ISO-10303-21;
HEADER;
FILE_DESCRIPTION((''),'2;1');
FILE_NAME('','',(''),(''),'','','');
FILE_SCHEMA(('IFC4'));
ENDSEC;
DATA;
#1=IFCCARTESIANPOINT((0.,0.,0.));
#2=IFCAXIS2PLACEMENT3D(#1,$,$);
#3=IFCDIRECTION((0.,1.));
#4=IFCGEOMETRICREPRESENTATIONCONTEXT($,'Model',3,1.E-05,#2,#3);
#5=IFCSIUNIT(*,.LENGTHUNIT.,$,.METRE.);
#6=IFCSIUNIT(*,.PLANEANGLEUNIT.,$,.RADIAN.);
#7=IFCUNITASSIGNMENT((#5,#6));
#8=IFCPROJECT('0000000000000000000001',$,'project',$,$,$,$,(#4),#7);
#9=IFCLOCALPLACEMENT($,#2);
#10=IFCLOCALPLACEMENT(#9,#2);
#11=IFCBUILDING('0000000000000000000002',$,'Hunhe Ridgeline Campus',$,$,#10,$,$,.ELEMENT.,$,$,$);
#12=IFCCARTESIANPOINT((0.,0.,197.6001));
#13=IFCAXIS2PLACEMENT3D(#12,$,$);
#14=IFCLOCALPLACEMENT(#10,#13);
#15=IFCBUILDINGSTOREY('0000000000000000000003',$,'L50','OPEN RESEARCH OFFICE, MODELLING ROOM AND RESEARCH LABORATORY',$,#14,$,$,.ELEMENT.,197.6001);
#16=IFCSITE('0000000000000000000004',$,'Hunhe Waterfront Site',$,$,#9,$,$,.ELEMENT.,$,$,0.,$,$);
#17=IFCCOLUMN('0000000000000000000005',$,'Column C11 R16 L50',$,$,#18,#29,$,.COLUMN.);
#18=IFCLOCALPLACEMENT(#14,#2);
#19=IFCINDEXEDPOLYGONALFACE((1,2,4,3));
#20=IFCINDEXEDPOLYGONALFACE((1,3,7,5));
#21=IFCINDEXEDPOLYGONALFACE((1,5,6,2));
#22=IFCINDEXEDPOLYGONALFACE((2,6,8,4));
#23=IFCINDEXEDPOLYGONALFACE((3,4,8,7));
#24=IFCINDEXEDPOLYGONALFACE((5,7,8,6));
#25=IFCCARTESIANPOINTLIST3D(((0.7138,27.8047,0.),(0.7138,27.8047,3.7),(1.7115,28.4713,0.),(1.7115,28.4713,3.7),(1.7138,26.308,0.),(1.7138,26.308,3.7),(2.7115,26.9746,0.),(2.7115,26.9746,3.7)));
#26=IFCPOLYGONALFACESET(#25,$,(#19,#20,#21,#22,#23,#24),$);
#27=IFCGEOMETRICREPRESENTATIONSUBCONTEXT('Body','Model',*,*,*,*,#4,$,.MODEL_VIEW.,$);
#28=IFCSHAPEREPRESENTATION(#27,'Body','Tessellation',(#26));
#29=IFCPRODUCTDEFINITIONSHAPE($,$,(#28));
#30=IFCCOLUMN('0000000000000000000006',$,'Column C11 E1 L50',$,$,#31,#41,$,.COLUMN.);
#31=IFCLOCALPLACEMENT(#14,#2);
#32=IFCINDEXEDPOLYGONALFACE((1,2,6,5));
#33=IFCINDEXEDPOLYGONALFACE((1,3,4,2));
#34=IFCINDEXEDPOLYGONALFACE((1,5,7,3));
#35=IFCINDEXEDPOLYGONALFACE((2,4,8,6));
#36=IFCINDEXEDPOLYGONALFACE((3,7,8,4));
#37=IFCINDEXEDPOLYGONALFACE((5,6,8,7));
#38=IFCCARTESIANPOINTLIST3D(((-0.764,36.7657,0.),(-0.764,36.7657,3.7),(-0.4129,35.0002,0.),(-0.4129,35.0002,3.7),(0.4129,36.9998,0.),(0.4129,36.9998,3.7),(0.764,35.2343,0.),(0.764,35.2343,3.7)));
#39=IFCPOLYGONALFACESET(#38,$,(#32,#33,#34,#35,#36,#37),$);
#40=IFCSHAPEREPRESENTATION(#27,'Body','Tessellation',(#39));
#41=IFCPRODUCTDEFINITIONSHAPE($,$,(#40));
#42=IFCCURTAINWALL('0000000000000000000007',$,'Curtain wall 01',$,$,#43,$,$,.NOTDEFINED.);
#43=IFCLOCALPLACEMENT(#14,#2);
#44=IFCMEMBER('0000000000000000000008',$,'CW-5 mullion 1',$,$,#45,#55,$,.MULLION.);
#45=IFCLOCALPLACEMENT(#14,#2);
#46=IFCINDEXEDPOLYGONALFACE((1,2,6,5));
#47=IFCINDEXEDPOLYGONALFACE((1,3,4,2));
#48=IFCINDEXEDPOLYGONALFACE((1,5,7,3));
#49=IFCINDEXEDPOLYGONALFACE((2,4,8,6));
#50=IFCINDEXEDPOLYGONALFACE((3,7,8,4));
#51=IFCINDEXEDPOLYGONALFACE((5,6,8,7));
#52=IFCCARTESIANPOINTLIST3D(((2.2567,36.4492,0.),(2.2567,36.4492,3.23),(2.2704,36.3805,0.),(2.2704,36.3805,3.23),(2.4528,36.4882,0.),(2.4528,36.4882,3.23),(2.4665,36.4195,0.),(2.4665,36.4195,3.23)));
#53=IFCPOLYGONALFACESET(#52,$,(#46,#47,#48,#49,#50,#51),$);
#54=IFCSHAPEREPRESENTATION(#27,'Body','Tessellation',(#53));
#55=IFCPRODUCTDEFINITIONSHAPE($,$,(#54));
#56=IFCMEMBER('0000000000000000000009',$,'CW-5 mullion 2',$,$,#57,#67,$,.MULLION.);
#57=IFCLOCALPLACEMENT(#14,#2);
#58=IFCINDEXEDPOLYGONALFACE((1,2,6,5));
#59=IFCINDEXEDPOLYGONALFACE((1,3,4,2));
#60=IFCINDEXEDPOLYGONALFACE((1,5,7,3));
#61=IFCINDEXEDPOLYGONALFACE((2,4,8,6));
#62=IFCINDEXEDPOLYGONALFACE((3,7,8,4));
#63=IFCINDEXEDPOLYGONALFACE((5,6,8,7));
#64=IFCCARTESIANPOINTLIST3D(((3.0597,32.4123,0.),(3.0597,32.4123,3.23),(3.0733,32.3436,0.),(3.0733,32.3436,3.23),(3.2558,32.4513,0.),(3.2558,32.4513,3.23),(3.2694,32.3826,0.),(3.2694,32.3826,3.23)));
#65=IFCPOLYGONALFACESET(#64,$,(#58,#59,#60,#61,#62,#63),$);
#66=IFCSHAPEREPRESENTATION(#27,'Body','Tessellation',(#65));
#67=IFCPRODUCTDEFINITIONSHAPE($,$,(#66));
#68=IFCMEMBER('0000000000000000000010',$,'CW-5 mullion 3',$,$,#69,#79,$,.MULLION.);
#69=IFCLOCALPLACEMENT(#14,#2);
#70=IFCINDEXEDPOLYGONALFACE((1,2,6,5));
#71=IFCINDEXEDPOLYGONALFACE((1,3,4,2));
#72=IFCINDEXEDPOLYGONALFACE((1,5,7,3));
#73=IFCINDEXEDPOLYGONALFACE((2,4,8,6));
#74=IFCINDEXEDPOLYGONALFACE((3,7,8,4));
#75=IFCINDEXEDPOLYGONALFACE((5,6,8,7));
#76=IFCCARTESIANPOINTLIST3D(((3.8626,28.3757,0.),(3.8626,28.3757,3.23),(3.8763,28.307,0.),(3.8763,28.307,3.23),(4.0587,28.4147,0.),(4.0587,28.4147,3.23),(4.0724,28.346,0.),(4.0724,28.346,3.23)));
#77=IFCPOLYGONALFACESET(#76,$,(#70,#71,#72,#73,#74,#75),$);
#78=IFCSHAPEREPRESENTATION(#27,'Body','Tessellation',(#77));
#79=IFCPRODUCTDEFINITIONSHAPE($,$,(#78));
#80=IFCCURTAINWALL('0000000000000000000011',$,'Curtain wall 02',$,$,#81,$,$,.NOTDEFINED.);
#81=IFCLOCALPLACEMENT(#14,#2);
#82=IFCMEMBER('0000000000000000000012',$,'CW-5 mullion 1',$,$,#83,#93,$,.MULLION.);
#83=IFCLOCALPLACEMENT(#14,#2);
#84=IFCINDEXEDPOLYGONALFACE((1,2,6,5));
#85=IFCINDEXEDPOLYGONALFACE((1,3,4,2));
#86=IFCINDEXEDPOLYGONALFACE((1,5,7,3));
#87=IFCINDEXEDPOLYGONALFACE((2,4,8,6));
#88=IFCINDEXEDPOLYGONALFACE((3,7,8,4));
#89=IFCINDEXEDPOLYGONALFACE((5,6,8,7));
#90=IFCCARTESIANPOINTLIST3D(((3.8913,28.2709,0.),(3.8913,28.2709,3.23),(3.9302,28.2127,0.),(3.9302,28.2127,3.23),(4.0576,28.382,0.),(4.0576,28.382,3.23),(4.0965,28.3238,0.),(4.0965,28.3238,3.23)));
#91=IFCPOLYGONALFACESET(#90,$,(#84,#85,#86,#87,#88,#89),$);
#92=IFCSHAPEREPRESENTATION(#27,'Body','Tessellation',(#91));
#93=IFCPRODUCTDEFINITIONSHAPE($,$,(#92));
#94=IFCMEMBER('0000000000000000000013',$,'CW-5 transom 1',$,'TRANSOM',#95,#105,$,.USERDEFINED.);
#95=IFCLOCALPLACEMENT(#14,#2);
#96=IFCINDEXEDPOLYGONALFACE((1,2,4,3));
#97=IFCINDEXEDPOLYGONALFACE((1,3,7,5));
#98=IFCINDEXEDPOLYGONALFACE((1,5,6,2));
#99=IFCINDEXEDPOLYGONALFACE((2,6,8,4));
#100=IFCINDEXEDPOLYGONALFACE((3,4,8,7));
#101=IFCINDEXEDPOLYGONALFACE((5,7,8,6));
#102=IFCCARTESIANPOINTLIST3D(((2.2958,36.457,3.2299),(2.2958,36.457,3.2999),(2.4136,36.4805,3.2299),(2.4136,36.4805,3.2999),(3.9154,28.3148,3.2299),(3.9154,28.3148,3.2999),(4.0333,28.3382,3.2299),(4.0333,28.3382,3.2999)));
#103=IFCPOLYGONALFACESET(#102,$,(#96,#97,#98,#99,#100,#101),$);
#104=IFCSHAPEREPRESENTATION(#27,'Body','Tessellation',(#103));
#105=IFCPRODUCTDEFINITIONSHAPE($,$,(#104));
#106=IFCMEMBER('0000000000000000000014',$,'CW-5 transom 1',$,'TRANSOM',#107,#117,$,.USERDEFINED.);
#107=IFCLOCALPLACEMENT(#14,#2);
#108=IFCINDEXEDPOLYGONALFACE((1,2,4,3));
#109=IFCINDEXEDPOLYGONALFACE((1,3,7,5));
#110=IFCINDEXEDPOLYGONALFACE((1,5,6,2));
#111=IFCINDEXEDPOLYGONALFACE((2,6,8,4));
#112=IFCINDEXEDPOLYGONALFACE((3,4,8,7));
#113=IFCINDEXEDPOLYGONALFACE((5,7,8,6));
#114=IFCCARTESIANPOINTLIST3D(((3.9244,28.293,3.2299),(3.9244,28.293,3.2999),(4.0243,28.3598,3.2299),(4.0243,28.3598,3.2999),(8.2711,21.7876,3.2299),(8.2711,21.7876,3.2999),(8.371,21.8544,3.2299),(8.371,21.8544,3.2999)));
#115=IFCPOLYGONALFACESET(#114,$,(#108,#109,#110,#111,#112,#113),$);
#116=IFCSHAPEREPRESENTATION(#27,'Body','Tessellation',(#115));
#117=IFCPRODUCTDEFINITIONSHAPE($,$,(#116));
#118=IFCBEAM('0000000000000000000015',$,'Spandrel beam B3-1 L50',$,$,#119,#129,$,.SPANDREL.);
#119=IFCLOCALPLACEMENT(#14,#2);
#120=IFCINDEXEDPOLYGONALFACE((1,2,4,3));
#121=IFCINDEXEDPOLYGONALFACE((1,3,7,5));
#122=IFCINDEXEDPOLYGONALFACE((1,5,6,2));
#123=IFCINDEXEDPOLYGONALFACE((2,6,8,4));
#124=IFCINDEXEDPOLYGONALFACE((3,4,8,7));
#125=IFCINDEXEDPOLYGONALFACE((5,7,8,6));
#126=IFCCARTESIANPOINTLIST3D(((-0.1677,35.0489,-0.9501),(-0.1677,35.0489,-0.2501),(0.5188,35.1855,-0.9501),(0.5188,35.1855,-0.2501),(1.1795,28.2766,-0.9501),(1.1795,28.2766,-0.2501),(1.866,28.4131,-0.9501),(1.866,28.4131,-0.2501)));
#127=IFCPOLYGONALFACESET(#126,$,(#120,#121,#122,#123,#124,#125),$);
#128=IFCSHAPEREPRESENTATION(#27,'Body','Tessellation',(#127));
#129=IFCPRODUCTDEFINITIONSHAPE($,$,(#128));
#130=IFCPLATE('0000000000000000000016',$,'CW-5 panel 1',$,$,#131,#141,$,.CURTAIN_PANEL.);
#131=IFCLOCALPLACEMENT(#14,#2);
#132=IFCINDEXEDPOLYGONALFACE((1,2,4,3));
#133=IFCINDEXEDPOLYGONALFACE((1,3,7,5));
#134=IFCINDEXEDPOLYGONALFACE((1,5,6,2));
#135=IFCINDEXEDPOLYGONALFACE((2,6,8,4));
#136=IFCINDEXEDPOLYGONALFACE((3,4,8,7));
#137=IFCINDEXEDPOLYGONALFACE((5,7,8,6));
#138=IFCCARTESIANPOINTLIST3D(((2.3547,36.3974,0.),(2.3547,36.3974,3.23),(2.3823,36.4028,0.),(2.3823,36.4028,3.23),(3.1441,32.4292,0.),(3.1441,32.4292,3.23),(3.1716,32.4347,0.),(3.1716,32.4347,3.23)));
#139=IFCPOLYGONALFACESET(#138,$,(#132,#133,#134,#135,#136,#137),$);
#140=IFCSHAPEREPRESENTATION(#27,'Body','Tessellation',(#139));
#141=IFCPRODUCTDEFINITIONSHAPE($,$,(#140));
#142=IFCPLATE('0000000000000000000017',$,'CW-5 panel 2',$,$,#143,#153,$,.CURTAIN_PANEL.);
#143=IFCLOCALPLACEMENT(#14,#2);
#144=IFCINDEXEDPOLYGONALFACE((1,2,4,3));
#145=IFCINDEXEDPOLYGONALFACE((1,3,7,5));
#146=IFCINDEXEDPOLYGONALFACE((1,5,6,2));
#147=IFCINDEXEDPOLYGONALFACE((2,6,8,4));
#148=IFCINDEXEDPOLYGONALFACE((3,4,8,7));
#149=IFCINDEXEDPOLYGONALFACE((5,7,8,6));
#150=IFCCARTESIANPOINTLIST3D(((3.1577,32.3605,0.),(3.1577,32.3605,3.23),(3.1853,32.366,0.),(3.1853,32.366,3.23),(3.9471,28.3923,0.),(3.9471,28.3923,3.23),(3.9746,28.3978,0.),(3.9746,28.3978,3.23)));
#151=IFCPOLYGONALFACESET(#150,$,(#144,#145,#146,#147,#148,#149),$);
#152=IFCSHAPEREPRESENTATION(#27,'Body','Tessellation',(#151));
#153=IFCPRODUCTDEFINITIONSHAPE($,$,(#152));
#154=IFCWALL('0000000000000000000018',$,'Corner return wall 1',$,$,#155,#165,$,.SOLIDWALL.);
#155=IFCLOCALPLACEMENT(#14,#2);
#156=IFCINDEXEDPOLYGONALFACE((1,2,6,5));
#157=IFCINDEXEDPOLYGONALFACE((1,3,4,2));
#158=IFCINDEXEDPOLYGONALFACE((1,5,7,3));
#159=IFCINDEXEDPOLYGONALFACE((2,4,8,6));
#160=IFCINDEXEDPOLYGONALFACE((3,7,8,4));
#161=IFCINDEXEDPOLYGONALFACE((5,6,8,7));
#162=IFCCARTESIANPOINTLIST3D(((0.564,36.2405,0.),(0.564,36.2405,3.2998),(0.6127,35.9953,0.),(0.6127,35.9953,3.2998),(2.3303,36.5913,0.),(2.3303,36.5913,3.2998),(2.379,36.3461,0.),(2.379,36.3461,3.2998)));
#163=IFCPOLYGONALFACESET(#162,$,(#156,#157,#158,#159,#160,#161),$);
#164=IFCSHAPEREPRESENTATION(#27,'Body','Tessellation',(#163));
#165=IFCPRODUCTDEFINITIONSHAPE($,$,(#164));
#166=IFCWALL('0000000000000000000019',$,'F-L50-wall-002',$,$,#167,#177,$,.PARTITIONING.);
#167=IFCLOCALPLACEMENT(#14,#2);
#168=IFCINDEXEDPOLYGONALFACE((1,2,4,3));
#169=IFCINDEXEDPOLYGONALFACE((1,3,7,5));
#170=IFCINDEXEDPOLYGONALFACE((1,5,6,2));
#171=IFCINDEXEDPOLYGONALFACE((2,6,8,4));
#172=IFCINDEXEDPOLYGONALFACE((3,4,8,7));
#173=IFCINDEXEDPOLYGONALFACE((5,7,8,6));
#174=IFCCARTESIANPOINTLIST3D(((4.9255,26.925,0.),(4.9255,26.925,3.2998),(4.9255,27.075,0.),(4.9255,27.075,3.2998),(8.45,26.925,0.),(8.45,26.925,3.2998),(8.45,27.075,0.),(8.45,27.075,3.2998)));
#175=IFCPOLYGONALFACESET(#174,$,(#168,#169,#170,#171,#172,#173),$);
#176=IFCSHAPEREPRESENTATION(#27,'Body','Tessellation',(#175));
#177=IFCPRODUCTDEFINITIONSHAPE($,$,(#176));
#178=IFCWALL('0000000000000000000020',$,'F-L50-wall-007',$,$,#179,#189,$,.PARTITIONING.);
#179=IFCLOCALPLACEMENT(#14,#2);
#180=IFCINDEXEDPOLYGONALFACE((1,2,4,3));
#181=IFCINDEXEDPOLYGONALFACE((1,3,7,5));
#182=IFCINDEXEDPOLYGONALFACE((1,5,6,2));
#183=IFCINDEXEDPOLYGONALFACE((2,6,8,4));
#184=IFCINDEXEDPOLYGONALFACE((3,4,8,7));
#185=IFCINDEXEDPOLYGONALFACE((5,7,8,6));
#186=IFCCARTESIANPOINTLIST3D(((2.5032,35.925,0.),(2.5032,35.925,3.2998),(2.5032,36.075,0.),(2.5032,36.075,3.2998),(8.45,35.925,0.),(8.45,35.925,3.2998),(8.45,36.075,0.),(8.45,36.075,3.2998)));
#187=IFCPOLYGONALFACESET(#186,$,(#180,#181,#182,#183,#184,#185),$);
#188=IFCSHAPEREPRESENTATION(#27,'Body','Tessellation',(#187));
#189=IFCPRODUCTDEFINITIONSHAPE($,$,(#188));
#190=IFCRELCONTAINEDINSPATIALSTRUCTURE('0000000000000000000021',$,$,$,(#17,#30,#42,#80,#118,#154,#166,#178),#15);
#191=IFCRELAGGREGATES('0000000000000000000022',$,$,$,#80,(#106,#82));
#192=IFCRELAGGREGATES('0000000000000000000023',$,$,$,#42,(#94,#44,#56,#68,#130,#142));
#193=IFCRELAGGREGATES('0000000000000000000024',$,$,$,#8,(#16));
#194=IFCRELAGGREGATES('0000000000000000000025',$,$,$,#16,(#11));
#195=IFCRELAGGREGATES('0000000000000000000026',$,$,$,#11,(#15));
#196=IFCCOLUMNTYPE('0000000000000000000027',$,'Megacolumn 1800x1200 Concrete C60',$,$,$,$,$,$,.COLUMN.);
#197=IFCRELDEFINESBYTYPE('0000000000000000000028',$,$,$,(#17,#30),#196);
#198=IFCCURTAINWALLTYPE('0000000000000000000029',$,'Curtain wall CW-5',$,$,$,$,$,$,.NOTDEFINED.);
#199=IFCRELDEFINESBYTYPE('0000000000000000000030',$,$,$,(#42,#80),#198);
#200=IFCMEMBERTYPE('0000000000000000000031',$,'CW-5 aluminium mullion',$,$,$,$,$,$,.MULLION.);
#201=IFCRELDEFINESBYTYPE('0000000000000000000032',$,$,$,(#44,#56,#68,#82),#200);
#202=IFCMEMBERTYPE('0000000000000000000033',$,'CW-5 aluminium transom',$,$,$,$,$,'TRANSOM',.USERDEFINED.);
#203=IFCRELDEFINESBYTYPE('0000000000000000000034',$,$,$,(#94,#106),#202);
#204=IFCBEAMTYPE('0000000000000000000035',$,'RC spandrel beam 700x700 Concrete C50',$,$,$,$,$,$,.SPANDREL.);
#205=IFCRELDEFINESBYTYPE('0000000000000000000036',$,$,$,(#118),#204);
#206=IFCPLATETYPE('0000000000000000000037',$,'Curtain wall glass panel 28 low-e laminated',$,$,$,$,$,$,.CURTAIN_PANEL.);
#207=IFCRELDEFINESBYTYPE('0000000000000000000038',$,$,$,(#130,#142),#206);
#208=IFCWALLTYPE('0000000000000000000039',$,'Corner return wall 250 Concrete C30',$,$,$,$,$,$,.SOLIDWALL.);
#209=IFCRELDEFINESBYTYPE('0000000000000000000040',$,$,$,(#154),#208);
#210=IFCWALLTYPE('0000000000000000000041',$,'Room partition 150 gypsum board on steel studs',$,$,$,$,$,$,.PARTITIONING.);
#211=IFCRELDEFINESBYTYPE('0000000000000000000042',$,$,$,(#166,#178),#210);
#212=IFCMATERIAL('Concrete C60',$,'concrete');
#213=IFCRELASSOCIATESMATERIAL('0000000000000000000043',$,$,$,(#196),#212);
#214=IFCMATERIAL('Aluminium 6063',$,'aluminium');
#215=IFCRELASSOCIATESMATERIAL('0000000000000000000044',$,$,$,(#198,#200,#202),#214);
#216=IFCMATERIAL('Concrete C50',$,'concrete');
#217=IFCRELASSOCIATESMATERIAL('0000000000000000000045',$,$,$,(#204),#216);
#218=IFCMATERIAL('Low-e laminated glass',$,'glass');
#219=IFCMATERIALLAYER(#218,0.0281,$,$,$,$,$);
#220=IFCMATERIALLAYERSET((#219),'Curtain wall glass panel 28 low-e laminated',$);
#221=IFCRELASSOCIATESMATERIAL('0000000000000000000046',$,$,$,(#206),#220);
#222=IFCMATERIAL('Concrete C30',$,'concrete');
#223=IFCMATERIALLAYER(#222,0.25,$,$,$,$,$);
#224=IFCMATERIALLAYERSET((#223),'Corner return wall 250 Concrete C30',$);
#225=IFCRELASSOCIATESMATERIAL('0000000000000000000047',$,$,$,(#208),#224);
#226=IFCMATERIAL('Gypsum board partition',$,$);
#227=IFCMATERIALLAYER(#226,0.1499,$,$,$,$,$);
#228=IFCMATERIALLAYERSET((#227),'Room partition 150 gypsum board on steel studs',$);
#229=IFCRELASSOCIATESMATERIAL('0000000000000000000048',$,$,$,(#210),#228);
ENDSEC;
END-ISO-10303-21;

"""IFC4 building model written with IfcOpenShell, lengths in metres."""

from ifc_helpers import new_model, si_unit, direction, frame, frame_2d, origin, origin_2d, place, context, subcontext, project, spatial, rectangle, extrude, material, layer, layer_set, material_profile, profile_set, type_object, element, aggregate, save


model = new_model("IFC4")

# Units and contexts
model_context = context("Model", 3, precision=1e-05, world=origin(), true_north=direction((0.0, 1.0)))
body_context = subcontext(model_context, "Body", "Model", "MODEL_VIEW")
ifc_project = project(units=[si_unit("LENGTHUNIT", "METRE"), si_unit("PLANEANGLEUNIT", "RADIAN")], contexts=[model_context])

# Site, building, storey
site_placement = place(None, origin())
site = spatial("IfcSite", under=ifc_project, at=site_placement, Name="Hunhe Waterfront Site", CompositionType="ELEMENT", RefElevation=0.0)
building_placement = place(site_placement, origin())
building = spatial("IfcBuilding", under=site, at=building_placement, Name="Hunhe Ridgeline Campus", CompositionType="ELEMENT")
storey_placement = place(building_placement, frame((0.0, 0.0, 197.6001)))
storey = spatial("IfcBuildingStorey", under=building, at=storey_placement, Name="L50", Description="OPEN RESEARCH OFFICE, MODELLING ROOM AND RESEARCH LABORATORY", CompositionType="ELEMENT", Elevation=197.6001)

# Columns
ifc_material_1 = material(Name="Concrete C60", Category="concrete")
ifc_material_profile_1 = material_profile(ifc_material_1, rectangle(XDim=1.8, YDim=1.2, at=origin_2d()))
ifc_profile_set_1 = profile_set([ifc_material_profile_1], Name="Concrete C60")
column_type = type_object("IfcColumnType", Name="Megacolumn 1800x1200 Concrete C60", PredefinedType="COLUMN", material=ifc_profile_set_1)
for number, where, z_axis, x_axis, name in (
    (1, (1.7126, 27.3896, 0.0), (0.0, 0.0, 1.0), (-0.55557, 0.83147, 0.0), "Column C11 R16 L50"),
    (2, (0.0, 36.0, 0.0), (0.0, 0.0, 1.0), (-0.19509, 0.980785, 0.0), "Column C11 E1 L50"),
):
    element("IfcColumn", number, at=place(storey_placement, frame(where, z_axis=z_axis, x_axis=x_axis)), inside=storey, type_object=column_type, Name=name, PredefinedType="COLUMN", context=body_context, shape_type="SweptSolid", body=[
        extrude(rectangle(XDim=1.8, YDim=1.2, at=origin_2d()), origin(), (0.0, 0.0, 1.0), 3.7),
    ])

# Curtain wall, members
ifc_material_2 = material(Name="Aluminium 6063", Category="aluminium")
curtain_wall_type = type_object("IfcCurtainWallType", Name="Curtain wall CW-5", PredefinedType="NOTDEFINED", material=ifc_material_2)
curtain_wall_1_placement = place(storey_placement, origin())
curtain_wall_1 = element("IfcCurtainWall", 3, at=curtain_wall_1_placement, inside=storey, type_object=curtain_wall_type, Name="Curtain wall 01", PredefinedType="NOTDEFINED")
ifc_material_profile_2 = material_profile(ifc_material_2, rectangle(XDim=0.2, YDim=0.0701, at=origin_2d()))
ifc_profile_set_2 = profile_set([ifc_material_profile_2], Name="Aluminium 6063")
member_type_1 = type_object("IfcMemberType", Name="CW-5 aluminium mullion", PredefinedType="MULLION", material=ifc_profile_set_2)
member_1_placement = place(storey_placement, frame((2.3616, 36.4343, 0.0), z_axis=(0.0, 0.0, 1.0), x_axis=(0.980784, 0.195095, 0.0)))
member_1 = element("IfcMember", 4, at=member_1_placement, type_object=member_type_1, Name="CW-5 mullion 1", PredefinedType="MULLION", context=body_context, shape_type="SweptSolid", body=[
    extrude(rectangle(XDim=0.2, YDim=0.0701, at=origin_2d()), origin(), (0.0, 0.0, 1.0), 3.23),
])
member_2_placement = place(storey_placement, frame((3.1646, 32.3975, 0.0), z_axis=(0.0, 0.0, 1.0), x_axis=(0.980784, 0.195095, 0.0)))
member_2 = element("IfcMember", 5, at=member_2_placement, type_object=member_type_1, Name="CW-5 mullion 2", PredefinedType="MULLION", context=body_context, shape_type="SweptSolid", body=[
    extrude(rectangle(XDim=0.2, YDim=0.0701, at=origin_2d()), origin(), (0.0, 0.0, 1.0), 3.23),
])
member_3_placement = place(storey_placement, frame((3.9675, 28.3608, 0.0), z_axis=(0.0, 0.0, 1.0), x_axis=(0.980784, 0.195095, 0.0)))
member_3 = element("IfcMember", 6, at=member_3_placement, type_object=member_type_1, Name="CW-5 mullion 3", PredefinedType="MULLION", context=body_context, shape_type="SweptSolid", body=[
    extrude(rectangle(XDim=0.2, YDim=0.0701, at=origin_2d()), origin(), (0.0, 0.0, 1.0), 3.23),
])

# Curtain wall, member
curtain_wall_2_placement = place(storey_placement, origin())
curtain_wall_2 = element("IfcCurtainWall", 7, at=curtain_wall_2_placement, inside=storey, type_object=curtain_wall_type, Name="Curtain wall 02", PredefinedType="NOTDEFINED")
member_4_placement = place(storey_placement, frame((3.9939, 28.2974, 0.0), z_axis=(0.0, 0.0, 1.0), x_axis=(0.83147, 0.55557, 0.0)))
member_4 = element("IfcMember", 8, at=member_4_placement, type_object=member_type_1, Name="CW-5 mullion 1", PredefinedType="MULLION", context=body_context, shape_type="SweptSolid", body=[
    extrude(rectangle(XDim=0.2, YDim=0.0701, at=origin_2d()), origin(), (0.0, 0.0, 1.0), 3.23),
])

# Members
ifc_material_profile_3 = material_profile(ifc_material_2, rectangle(XDim=0.1201, YDim=0.0701, at=origin_2d()))
ifc_profile_set_3 = profile_set([ifc_material_profile_3], Name="Aluminium 6063")
member_type_2 = type_object("IfcMemberType", Name="CW-5 aluminium transom", ElementType="TRANSOM", PredefinedType="USERDEFINED", material=ifc_profile_set_3)
member_5_placement = place(storey_placement, frame((2.3547, 36.4688, 3.2649), z_axis=(0.195092, -0.980785, 0.0), x_axis=(0.980785, 0.195092, 0.0)))
member_5 = element("IfcMember", 9, at=member_5_placement, type_object=member_type_2, Name="CW-5 transom 1", ObjectType="TRANSOM", PredefinedType="USERDEFINED", context=body_context, shape_type="SweptSolid", body=[
    extrude(rectangle(XDim=0.1201, YDim=0.0701, at=origin_2d()), origin(), (0.0, 0.0, 1.0), 8.3018),
])
member_6_placement = place(storey_placement, frame((3.9744, 28.3264, 3.2649), z_axis=(0.555564, -0.831474, 0.0), x_axis=(0.831474, 0.555564, 0.0)))
member_6 = element("IfcMember", 10, at=member_6_placement, type_object=member_type_2, Name="CW-5 transom 1", ObjectType="TRANSOM", PredefinedType="USERDEFINED", context=body_context, shape_type="SweptSolid", body=[
    extrude(rectangle(XDim=0.1201, YDim=0.0701, at=origin_2d()), origin(), (0.0, 0.0, 1.0), 7.824),
])
aggregate(curtain_wall_2, [member_6, member_4])

# Beam
ifc_material_3 = material(Name="Concrete C50", Category="concrete")
ifc_material_profile_4 = material_profile(ifc_material_3, rectangle(XDim=0.7, YDim=0.7, at=origin_2d()))
ifc_profile_set_4 = profile_set([ifc_material_profile_4], Name="Concrete C50")
beam_type = type_object("IfcBeamType", Name="RC spandrel beam 700x700 Concrete C50", PredefinedType="SPANDREL", material=ifc_profile_set_4)
beam_placement = place(storey_placement, frame((0.1755, 35.1172, -0.6001), z_axis=(0.195103, -0.980783, 0.0), x_axis=(0.980783, 0.195103, 0.0)))
element("IfcBeam", 11, at=beam_placement, inside=storey, type_object=beam_type, Name="Spandrel beam B3-1 L50", PredefinedType="SPANDREL", context=body_context, shape_type="SweptSolid", body=[
    extrude(rectangle(XDim=0.7, YDim=0.7, at=origin_2d()), origin(), (0.0, 0.0, 1.0), 6.905),
])

# Plates
ifc_material_4 = material(Name="Low-e laminated glass", Category="glass")
ifc_layer_1 = layer(ifc_material_4, 0.0281)
ifc_layer_set_1 = layer_set([ifc_layer_1], Name="Curtain wall glass panel 28 low-e laminated")
plate_type = type_object("IfcPlateType", Name="Curtain wall glass panel 28 low-e laminated", PredefinedType="CURTAIN_PANEL", material=ifc_layer_set_1)
plate_1_placement = place(storey_placement, frame((2.7632, 34.416, 0.0), z_axis=(0.0, 0.0, 1.0), x_axis=(0.195095, -0.980784, 0.0)))
plate_1 = element("IfcPlate", 12, at=plate_1_placement, type_object=plate_type, Name="CW-5 panel 1", PredefinedType="CURTAIN_PANEL", context=body_context, shape_type="SweptSolid", body=[
    extrude(rectangle(XDim=4.0459, YDim=0.0281, at=origin_2d()), origin(), (0.0, 0.0, 1.0), 3.23),
])
plate_2_placement = place(storey_placement, frame((3.5662, 30.3792, 0.0), z_axis=(0.0, 0.0, 1.0), x_axis=(0.195095, -0.980784, 0.0)))
plate_2 = element("IfcPlate", 13, at=plate_2_placement, type_object=plate_type, Name="CW-5 panel 2", PredefinedType="CURTAIN_PANEL", context=body_context, shape_type="SweptSolid", body=[
    extrude(rectangle(XDim=4.0459, YDim=0.0281, at=origin_2d()), origin(), (0.0, 0.0, 1.0), 3.23),
])
aggregate(curtain_wall_1, [member_5, member_1, member_2, member_3, plate_1, plate_2])

# Walls
ifc_material_5 = material(Name="Concrete C30", Category="concrete")
ifc_layer_2 = layer(ifc_material_5, 0.25)
ifc_layer_set_2 = layer_set([ifc_layer_2], Name="Corner return wall 250 Concrete C30")
wall_type_1 = type_object("IfcWallType", Name="Corner return wall 250 Concrete C30", PredefinedType="SOLIDWALL", material=ifc_layer_set_2)
wall_1_placement = place(storey_placement, frame((0.5884, 36.1179, 0.0), z_axis=(0.0, 0.0, 1.0), x_axis=(0.980841, 0.194812, 0.0)))
element("IfcWall", 14, at=wall_1_placement, inside=storey, type_object=wall_type_1, Name="Corner return wall 1", PredefinedType="SOLIDWALL", context=body_context, shape_type="SweptSolid", body=[
    extrude(rectangle(XDim=1.8008, YDim=0.25, at=frame_2d((0.9004, 0.0))), origin(), (0.0, 0.0, 1.0), 3.2998),
])
ifc_material_6 = material(Name="Gypsum board partition")
ifc_layer_3 = layer(ifc_material_6, 0.1499)
ifc_layer_set_3 = layer_set([ifc_layer_3], Name="Room partition 150 gypsum board on steel studs")
wall_type_2 = type_object("IfcWallType", Name="Room partition 150 gypsum board on steel studs", PredefinedType="PARTITIONING", material=ifc_layer_set_3)
wall_2_placement = place(storey_placement, frame((4.9255, 27.0, 0.0), z_axis=(0.0, 0.0, 1.0), x_axis=(1.0, 0.0, 0.0)))
element("IfcWall", 15, at=wall_2_placement, inside=storey, type_object=wall_type_2, Name="F-L50-wall-002", PredefinedType="PARTITIONING", context=body_context, shape_type="SweptSolid", body=[
    extrude(rectangle(XDim=3.5244, YDim=0.1499, at=frame_2d((1.7622, 0.0))), origin(), (0.0, 0.0, 1.0), 3.2998),
])
wall_3_placement = place(storey_placement, frame((2.5032, 36.0, 0.0), z_axis=(0.0, 0.0, 1.0), x_axis=(1.0, 0.0, 0.0)))
element("IfcWall", 16, at=wall_3_placement, inside=storey, type_object=wall_type_2, Name="F-L50-wall-007", PredefinedType="PARTITIONING", context=body_context, shape_type="SweptSolid", body=[
    extrude(rectangle(XDim=5.9468, YDim=0.1499, at=frame_2d((2.9734, 0.0))), origin(), (0.0, 0.0, 1.0), 3.2998),
])

save(model, "model.ifc")
